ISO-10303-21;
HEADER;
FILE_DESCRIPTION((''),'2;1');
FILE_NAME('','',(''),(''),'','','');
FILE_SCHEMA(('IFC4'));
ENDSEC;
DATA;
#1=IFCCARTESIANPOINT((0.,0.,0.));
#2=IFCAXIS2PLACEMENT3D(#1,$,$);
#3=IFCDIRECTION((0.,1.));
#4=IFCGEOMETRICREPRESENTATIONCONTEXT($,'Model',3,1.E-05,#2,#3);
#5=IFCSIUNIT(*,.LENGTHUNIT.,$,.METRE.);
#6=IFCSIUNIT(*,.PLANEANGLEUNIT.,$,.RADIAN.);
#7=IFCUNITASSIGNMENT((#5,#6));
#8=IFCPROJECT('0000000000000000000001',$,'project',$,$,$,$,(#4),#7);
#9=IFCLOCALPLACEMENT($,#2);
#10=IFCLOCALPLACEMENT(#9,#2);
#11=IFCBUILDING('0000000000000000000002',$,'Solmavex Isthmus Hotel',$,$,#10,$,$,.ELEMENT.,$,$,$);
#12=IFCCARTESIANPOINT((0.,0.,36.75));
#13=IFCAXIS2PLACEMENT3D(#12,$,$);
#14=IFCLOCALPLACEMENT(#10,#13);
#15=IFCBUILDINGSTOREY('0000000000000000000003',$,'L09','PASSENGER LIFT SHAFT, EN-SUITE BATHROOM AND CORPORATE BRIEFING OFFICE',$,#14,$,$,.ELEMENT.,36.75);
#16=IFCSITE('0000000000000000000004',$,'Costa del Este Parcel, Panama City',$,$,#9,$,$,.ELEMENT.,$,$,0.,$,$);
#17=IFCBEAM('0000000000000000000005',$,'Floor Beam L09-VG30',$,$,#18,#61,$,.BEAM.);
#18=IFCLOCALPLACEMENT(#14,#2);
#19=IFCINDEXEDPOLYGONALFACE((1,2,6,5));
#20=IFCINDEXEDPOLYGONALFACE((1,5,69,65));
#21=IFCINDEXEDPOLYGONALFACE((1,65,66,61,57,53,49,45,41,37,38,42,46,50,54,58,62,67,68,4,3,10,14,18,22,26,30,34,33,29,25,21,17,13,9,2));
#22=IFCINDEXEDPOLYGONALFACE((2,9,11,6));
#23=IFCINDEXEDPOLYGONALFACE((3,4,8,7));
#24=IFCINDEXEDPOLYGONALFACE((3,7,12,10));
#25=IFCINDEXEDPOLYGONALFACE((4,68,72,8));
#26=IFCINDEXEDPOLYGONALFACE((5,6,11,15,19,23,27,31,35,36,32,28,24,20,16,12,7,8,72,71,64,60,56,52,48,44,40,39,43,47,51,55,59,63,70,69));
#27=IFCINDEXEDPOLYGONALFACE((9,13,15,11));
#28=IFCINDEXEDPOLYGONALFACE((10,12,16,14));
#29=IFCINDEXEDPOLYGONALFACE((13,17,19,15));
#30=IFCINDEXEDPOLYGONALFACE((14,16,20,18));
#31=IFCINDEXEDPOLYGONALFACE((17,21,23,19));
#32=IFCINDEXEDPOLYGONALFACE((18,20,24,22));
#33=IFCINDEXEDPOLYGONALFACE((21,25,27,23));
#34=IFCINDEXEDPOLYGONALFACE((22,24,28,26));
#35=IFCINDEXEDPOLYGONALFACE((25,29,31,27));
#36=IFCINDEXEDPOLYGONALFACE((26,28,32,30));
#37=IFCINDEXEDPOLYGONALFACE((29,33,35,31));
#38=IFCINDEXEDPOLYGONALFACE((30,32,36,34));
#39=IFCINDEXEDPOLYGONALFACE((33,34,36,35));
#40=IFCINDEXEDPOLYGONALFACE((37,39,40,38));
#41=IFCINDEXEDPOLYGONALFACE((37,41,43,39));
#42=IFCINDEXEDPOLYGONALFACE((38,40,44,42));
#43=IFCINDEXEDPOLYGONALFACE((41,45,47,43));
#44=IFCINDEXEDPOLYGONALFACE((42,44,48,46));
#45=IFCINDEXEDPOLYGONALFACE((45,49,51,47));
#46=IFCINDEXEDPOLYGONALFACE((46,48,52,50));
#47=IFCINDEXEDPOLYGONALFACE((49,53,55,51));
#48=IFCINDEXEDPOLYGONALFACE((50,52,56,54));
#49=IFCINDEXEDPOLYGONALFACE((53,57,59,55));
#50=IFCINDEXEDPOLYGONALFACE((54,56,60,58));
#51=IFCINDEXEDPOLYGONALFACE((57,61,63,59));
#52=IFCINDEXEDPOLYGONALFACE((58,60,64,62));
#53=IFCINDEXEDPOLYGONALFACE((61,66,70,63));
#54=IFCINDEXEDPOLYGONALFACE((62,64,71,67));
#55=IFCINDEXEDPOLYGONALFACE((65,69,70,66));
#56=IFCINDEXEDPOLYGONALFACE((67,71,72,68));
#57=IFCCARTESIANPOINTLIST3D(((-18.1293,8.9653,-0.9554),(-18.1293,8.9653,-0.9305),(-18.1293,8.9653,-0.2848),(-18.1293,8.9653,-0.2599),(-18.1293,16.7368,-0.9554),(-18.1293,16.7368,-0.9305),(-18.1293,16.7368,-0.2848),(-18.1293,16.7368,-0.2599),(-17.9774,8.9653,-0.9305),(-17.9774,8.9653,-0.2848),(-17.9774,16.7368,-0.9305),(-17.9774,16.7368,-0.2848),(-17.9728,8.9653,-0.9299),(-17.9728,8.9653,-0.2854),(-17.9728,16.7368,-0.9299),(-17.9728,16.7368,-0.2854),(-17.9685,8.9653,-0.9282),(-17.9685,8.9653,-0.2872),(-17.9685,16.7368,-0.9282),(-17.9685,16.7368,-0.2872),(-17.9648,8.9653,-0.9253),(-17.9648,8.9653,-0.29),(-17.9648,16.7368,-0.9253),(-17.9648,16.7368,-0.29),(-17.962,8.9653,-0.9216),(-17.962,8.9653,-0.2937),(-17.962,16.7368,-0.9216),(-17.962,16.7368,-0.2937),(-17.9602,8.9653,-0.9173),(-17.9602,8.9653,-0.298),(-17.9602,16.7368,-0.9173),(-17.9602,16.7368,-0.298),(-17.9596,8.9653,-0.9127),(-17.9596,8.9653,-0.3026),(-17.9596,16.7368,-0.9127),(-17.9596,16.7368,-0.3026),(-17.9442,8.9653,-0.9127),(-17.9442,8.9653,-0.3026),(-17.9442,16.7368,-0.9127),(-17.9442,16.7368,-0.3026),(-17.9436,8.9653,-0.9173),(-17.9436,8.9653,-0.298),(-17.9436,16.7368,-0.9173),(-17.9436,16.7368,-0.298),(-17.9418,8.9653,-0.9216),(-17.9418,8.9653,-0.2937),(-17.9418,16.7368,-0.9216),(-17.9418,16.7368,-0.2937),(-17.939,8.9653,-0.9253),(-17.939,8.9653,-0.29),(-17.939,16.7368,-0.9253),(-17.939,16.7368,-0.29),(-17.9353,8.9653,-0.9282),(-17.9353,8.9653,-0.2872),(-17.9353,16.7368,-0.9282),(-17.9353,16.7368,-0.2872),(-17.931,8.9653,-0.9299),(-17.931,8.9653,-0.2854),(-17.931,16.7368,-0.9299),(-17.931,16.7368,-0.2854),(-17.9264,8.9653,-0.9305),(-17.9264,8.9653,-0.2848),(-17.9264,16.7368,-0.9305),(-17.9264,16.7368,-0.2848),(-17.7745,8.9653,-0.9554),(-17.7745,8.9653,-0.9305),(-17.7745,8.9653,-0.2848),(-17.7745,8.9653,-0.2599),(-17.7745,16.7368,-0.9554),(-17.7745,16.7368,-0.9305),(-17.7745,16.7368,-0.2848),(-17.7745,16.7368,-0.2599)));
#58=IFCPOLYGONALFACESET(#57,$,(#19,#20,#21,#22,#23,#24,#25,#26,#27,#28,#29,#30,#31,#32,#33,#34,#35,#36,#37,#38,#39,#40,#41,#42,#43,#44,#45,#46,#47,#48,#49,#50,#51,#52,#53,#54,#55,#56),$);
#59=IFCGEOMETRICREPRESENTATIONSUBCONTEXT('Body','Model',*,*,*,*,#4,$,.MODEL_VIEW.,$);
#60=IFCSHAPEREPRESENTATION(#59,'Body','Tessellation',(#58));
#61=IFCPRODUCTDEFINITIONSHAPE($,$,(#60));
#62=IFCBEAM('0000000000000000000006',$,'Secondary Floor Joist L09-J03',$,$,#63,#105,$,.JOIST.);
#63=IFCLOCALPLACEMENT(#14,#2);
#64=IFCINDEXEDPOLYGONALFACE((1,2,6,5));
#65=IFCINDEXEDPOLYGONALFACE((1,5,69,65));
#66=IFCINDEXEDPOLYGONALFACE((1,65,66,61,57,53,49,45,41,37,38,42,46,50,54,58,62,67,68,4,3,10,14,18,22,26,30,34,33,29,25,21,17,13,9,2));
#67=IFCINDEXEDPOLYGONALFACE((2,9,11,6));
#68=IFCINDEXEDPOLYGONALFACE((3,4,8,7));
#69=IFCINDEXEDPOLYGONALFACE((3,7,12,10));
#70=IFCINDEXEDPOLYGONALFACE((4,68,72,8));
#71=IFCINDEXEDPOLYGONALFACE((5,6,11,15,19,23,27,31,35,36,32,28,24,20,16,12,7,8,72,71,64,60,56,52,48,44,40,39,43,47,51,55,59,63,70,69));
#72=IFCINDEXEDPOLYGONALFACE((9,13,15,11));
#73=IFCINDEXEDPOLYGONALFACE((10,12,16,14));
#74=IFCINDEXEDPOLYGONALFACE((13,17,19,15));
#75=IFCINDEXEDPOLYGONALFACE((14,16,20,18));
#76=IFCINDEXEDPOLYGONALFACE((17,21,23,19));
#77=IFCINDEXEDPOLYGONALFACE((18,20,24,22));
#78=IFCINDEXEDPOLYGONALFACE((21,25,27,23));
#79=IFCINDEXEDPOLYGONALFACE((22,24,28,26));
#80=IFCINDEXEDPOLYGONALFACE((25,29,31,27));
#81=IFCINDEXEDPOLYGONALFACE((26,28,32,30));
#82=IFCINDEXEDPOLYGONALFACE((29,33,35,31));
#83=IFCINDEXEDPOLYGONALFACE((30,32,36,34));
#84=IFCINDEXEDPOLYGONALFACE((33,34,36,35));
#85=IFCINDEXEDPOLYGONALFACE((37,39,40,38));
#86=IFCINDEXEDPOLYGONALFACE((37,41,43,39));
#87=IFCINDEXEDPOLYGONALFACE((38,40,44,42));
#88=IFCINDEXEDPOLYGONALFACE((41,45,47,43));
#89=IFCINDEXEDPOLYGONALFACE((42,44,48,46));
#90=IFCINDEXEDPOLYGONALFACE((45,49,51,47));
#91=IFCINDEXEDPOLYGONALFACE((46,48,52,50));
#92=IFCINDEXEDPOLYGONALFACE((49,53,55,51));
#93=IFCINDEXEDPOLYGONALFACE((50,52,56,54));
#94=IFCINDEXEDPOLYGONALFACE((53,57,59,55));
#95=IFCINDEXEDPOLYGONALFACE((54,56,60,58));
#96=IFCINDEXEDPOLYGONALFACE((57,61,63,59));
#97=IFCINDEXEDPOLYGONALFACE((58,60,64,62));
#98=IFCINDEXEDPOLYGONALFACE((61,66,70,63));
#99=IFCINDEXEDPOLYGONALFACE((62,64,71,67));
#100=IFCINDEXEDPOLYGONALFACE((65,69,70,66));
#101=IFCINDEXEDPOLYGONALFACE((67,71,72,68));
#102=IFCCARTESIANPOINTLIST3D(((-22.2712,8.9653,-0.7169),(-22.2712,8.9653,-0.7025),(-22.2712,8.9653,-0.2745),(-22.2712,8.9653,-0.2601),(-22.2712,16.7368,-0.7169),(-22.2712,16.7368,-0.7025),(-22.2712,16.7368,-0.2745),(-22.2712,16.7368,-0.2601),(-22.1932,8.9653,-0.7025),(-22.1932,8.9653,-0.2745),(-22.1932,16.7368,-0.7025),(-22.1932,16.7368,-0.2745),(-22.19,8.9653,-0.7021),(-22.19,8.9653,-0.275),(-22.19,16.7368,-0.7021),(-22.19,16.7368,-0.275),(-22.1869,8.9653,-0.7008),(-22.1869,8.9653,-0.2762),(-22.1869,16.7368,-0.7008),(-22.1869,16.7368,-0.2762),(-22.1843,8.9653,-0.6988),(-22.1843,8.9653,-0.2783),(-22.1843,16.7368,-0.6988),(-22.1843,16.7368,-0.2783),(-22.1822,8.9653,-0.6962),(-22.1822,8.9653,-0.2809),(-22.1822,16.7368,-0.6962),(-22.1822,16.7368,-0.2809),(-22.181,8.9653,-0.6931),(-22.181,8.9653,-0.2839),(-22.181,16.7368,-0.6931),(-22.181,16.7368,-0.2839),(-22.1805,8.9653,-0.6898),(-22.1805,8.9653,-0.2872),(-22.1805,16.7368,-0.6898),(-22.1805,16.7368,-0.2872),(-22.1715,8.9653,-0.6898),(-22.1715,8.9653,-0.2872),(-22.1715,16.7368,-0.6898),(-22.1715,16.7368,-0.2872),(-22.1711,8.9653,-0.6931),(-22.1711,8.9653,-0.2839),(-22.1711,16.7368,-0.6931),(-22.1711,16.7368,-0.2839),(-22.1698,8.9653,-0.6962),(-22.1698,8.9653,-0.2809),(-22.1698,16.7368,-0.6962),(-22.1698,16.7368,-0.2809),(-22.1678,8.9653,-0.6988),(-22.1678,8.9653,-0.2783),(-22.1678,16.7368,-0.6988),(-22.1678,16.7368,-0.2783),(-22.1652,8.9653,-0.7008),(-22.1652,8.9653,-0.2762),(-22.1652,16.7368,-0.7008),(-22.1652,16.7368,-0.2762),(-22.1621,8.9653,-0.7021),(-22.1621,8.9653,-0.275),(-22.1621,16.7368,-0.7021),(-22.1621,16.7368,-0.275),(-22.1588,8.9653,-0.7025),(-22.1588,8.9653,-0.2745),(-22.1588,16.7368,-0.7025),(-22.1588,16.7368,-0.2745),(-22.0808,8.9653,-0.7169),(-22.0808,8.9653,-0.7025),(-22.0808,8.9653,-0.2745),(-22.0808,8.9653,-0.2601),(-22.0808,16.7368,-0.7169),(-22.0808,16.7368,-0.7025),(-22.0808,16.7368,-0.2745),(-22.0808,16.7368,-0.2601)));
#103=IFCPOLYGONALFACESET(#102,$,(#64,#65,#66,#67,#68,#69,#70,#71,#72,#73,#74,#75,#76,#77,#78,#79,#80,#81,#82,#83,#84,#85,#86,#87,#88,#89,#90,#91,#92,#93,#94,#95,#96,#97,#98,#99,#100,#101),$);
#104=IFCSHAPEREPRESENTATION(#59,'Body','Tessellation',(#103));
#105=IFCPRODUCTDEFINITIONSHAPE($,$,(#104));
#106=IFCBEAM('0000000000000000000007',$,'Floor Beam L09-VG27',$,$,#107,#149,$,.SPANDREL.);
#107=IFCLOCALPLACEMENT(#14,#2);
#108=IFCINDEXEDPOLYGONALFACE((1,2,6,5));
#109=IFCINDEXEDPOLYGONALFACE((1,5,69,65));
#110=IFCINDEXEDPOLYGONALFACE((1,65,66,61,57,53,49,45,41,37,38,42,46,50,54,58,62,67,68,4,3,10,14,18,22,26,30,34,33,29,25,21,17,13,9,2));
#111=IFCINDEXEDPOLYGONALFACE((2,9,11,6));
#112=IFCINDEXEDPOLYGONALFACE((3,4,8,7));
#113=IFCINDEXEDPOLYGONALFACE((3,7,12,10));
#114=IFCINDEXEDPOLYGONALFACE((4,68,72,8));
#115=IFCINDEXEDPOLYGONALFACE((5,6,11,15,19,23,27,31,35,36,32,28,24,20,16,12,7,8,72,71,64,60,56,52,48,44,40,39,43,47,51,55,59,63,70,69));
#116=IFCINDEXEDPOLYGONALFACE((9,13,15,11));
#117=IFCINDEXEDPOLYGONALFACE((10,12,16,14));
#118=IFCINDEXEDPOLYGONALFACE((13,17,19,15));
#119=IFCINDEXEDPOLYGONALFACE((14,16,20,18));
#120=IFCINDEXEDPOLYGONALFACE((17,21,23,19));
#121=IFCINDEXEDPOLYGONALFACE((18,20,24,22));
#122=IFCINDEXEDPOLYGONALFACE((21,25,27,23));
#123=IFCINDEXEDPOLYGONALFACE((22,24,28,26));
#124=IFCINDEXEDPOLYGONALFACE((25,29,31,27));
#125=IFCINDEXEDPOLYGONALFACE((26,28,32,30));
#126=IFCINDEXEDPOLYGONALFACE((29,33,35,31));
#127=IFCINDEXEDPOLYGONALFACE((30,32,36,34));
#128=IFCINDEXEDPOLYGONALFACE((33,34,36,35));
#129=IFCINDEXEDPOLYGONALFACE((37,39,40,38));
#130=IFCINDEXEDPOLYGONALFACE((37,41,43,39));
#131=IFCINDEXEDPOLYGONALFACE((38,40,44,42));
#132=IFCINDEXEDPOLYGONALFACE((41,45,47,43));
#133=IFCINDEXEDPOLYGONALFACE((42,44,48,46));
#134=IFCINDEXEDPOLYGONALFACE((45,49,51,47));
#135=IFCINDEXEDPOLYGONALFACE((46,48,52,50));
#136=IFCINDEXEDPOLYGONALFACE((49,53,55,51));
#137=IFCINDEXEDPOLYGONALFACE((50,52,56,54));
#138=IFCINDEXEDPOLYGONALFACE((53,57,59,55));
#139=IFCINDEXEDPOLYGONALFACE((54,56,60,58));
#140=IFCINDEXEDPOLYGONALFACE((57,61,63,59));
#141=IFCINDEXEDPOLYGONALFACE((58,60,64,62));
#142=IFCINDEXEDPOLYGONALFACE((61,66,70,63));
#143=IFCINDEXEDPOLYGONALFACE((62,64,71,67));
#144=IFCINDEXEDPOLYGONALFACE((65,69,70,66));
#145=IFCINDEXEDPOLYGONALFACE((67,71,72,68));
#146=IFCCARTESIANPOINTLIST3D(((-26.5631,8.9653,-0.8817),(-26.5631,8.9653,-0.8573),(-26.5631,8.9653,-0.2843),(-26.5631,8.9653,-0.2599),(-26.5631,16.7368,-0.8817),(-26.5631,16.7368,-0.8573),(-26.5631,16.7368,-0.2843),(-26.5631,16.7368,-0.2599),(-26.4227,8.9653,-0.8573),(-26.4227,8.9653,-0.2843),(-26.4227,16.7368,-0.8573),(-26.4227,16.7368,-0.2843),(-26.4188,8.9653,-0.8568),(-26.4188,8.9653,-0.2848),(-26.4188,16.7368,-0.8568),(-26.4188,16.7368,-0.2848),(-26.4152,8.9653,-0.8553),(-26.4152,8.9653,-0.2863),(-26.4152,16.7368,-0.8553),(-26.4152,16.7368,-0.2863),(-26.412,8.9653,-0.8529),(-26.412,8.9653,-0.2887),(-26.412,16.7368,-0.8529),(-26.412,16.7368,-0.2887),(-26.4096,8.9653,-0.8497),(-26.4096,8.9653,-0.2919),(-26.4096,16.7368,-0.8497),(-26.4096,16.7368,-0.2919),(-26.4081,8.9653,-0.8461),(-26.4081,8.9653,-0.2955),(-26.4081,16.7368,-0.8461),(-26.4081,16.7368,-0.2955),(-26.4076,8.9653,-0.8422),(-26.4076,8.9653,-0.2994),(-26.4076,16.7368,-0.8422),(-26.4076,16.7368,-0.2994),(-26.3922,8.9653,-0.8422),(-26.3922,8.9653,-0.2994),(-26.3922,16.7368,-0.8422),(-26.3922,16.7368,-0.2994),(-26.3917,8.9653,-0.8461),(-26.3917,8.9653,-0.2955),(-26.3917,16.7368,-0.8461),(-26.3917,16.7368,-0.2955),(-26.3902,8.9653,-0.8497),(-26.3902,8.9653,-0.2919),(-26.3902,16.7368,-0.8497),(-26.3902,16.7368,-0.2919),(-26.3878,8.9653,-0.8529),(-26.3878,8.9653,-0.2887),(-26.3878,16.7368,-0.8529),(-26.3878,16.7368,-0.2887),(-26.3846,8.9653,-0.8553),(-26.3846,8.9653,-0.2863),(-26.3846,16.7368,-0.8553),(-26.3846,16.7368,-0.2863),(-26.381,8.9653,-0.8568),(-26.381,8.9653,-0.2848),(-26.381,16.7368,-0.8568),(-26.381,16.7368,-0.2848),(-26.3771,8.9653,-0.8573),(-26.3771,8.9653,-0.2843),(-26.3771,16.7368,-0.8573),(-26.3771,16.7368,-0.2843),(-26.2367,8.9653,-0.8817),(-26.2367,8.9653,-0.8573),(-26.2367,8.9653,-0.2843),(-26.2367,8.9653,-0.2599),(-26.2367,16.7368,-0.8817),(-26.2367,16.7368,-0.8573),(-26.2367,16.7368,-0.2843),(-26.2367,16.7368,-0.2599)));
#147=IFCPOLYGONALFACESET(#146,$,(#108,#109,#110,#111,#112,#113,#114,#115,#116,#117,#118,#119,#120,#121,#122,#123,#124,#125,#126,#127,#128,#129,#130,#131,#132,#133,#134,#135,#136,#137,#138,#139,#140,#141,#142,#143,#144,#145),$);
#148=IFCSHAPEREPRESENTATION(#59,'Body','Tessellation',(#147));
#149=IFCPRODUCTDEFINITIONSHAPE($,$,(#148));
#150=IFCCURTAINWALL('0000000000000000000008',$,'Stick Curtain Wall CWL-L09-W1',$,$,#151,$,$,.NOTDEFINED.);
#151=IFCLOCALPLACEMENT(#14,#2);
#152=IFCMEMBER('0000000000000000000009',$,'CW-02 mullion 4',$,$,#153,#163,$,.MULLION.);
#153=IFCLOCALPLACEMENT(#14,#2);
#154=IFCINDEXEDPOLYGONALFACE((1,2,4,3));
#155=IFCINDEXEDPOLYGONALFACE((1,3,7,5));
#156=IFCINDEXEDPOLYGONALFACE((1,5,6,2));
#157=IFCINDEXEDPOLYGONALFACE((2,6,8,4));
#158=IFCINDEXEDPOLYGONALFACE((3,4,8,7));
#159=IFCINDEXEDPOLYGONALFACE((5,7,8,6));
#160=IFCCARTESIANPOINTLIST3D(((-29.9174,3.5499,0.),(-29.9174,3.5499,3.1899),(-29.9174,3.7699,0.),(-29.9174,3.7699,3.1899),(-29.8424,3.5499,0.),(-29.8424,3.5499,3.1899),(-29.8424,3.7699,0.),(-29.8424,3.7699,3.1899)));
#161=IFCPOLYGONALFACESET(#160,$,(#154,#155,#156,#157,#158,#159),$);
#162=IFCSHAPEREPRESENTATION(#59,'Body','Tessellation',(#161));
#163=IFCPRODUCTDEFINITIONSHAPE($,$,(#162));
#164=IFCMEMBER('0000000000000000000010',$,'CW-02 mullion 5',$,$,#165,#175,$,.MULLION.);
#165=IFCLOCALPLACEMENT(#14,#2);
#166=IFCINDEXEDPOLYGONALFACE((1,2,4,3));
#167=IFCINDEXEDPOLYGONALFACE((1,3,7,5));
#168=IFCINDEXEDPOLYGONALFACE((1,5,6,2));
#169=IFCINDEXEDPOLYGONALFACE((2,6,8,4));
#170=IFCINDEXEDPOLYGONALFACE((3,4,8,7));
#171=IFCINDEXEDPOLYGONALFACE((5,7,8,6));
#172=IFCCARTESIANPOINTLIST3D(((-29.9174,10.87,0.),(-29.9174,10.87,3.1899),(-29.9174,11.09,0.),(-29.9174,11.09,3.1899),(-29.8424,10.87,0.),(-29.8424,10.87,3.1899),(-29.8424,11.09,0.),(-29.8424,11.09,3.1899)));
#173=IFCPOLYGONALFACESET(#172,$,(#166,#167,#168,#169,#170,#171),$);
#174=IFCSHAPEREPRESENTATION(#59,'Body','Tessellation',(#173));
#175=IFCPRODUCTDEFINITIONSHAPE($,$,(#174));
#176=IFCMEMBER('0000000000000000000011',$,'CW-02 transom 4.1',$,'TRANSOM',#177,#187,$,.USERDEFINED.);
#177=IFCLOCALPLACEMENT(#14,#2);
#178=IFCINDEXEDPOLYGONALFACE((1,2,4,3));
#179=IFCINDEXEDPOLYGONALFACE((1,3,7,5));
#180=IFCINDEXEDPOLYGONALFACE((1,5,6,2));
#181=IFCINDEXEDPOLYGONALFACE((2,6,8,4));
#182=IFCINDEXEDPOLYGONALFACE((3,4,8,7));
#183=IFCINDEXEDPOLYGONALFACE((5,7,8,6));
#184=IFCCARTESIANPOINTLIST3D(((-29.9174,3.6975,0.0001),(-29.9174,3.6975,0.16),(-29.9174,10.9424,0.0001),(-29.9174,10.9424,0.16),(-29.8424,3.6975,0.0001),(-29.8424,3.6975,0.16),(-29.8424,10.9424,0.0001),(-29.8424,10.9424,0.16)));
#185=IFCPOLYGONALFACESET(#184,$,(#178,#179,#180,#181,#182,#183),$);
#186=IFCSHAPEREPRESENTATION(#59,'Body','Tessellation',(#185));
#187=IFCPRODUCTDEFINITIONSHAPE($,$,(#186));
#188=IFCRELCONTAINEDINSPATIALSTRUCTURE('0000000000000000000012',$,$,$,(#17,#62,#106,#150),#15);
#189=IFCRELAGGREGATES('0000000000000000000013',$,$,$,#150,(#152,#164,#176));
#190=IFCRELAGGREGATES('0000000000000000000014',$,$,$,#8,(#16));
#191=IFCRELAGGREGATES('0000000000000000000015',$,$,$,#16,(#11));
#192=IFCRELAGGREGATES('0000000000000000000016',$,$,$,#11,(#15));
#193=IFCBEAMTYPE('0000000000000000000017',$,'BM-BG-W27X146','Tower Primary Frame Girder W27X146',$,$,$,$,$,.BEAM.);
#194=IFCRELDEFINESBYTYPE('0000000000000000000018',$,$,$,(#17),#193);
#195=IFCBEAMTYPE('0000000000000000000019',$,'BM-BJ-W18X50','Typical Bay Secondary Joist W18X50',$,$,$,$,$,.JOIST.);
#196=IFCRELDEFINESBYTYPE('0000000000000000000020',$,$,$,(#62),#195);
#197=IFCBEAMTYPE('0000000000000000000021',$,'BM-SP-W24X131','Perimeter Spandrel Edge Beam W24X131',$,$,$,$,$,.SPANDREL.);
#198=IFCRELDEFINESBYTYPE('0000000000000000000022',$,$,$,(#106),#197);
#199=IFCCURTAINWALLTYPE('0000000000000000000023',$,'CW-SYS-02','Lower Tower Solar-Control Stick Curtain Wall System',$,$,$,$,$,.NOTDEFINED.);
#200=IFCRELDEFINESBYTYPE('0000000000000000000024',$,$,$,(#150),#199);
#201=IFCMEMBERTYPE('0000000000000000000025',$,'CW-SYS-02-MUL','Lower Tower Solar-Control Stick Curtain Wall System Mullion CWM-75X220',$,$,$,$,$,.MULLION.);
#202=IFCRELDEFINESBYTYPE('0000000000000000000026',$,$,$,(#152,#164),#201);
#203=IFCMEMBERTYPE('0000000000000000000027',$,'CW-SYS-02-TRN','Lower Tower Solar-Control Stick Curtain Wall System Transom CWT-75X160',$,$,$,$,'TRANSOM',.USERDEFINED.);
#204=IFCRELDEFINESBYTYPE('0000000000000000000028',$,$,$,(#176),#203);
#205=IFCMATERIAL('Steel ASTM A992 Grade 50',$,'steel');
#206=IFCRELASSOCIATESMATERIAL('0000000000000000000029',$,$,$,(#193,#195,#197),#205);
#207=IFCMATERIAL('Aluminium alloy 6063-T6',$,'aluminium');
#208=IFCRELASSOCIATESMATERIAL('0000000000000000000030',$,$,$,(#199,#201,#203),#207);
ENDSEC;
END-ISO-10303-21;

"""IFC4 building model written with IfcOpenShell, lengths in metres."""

from ifc_helpers import new_model, si_unit, direction, frame, origin, origin_2d, place, context, subcontext, project, spatial, rectangle, i_section, extrude, material, material_profile, profile_set, type_object, element, aggregate, save


model = new_model("IFC4")

# Units and contexts
model_context = context("Model", 3, precision=1e-05, world=origin(), true_north=direction((0.0, 1.0)))
body_context = subcontext(model_context, "Body", "Model", "MODEL_VIEW")
ifc_project = project(units=[si_unit("LENGTHUNIT", "METRE"), si_unit("PLANEANGLEUNIT", "RADIAN")], contexts=[model_context])

# Site, building, storey
site_placement = place(None, origin())
site = spatial("IfcSite", under=ifc_project, at=site_placement, Name="Costa del Este Parcel, Panama City", CompositionType="ELEMENT", RefElevation=0.0)
building_placement = place(site_placement, origin())
building = spatial("IfcBuilding", under=site, at=building_placement, Name="Solmavex Isthmus Hotel", CompositionType="ELEMENT")
storey_placement = place(building_placement, frame((0.0, 0.0, 36.75)))
storey = spatial("IfcBuildingStorey", under=building, at=storey_placement, Name="L09", Description="PASSENGER LIFT SHAFT, EN-SUITE BATHROOM AND CORPORATE BRIEFING OFFICE", CompositionType="ELEMENT", Elevation=36.75)

# Beams
ifc_material_1 = material(Name="Steel ASTM A992 Grade 50", Category="steel")
ifc_material_profile_1 = material_profile(ifc_material_1, i_section(OverallWidth=0.3547, OverallDepth=0.6956, WebThickness=0.0154, FlangeThickness=0.0249, FilletRadius=0.0178, at=origin_2d()), Name="W27X146")
ifc_profile_set_1 = profile_set([ifc_material_profile_1], Name="Steel ASTM A992 Grade 50")
beam_type_1 = type_object("IfcBeamType", Name="BM-BG-W27X146", Description="Tower Primary Frame Girder W27X146", PredefinedType="BEAM", material=ifc_profile_set_1)
beam_1_placement = place(storey_placement, frame((-17.9519, 8.9653, -0.6077), z_axis=(0.0, 1.0, 0.0), x_axis=(-1.0, 0.0, 0.0)))
element("IfcBeam", 1, at=beam_1_placement, inside=storey, type_object=beam_type_1, Name="Floor Beam L09-VG30", PredefinedType="BEAM", context=body_context, shape_type="SweptSolid", body=[
    extrude(i_section(OverallWidth=0.3547, OverallDepth=0.6956, WebThickness=0.0154, FlangeThickness=0.0249, FilletRadius=0.0178, at=origin_2d()), origin(), (0.0, 0.0, 1.0), 7.7715),
])
ifc_material_profile_2 = material_profile(ifc_material_1, i_section(OverallWidth=0.1904, OverallDepth=0.4568, WebThickness=0.009, FlangeThickness=0.0144, FilletRadius=0.0127, at=origin_2d()), Name="W18X50")
ifc_profile_set_2 = profile_set([ifc_material_profile_2], Name="Steel ASTM A992 Grade 50")
beam_type_2 = type_object("IfcBeamType", Name="BM-BJ-W18X50", Description="Typical Bay Secondary Joist W18X50", PredefinedType="JOIST", material=ifc_profile_set_2)
beam_2_placement = place(storey_placement, frame((-22.176, 8.9653, -0.4885), z_axis=(0.0, 1.0, 0.0), x_axis=(-1.0, 0.0, 0.0)))
element("IfcBeam", 2, at=beam_2_placement, inside=storey, type_object=beam_type_2, Name="Secondary Floor Joist L09-J03", PredefinedType="JOIST", context=body_context, shape_type="SweptSolid", body=[
    extrude(i_section(OverallWidth=0.1904, OverallDepth=0.4568, WebThickness=0.009, FlangeThickness=0.0144, FilletRadius=0.0127, at=origin_2d()), origin(), (0.0, 0.0, 1.0), 7.7715),
])
ifc_material_profile_3 = material_profile(ifc_material_1, i_section(OverallWidth=0.3264, OverallDepth=0.6218, WebThickness=0.0154, FlangeThickness=0.0244, FilletRadius=0.0151, at=origin_2d()), Name="W24X131")
ifc_profile_set_3 = profile_set([ifc_material_profile_3], Name="Steel ASTM A992 Grade 50")
beam_type_3 = type_object("IfcBeamType", Name="BM-SP-W24X131", Description="Perimeter Spandrel Edge Beam W24X131", PredefinedType="SPANDREL", material=ifc_profile_set_3)
beam_3_placement = place(storey_placement, frame((-26.3999, 8.9653, -0.5708), z_axis=(0.0, 1.0, 0.0), x_axis=(-1.0, 0.0, 0.0)))
element("IfcBeam", 3, at=beam_3_placement, inside=storey, type_object=beam_type_3, Name="Floor Beam L09-VG27", PredefinedType="SPANDREL", context=body_context, shape_type="SweptSolid", body=[
    extrude(i_section(OverallWidth=0.3264, OverallDepth=0.6218, WebThickness=0.0154, FlangeThickness=0.0244, FilletRadius=0.0151, at=origin_2d()), origin(), (0.0, 0.0, 1.0), 7.7715),
])

# Curtain wall, members
ifc_material_2 = material(Name="Aluminium alloy 6063-T6", Category="aluminium")
curtain_wall_type = type_object("IfcCurtainWallType", Name="CW-SYS-02", Description="Lower Tower Solar-Control Stick Curtain Wall System", PredefinedType="NOTDEFINED", material=ifc_material_2)
curtain_wall_placement = place(storey_placement, origin())
curtain_wall = element("IfcCurtainWall", 4, at=curtain_wall_placement, inside=storey, type_object=curtain_wall_type, Name="Stick Curtain Wall CWL-L09-W1", PredefinedType="NOTDEFINED")
ifc_material_profile_4 = material_profile(ifc_material_2, rectangle(XDim=0.075, YDim=0.22, at=origin_2d()), Name="CWM-75X220")
ifc_profile_set_4 = profile_set([ifc_material_profile_4], Name="Aluminium alloy 6063-T6")
member_type_1 = type_object("IfcMemberType", Name="CW-SYS-02-MUL", Description="Lower Tower Solar-Control Stick Curtain Wall System Mullion CWM-75X220", PredefinedType="MULLION", material=ifc_profile_set_4)
member_1_placement = place(storey_placement, frame((-29.8799, 3.6599, 0.0), z_axis=(0.0, 0.0, 1.0), x_axis=(-1.0, 0.0, 0.0)))
member_1 = element("IfcMember", 5, at=member_1_placement, type_object=member_type_1, Name="CW-02 mullion 4", PredefinedType="MULLION", context=body_context, shape_type="SweptSolid", body=[
    extrude(rectangle(XDim=0.075, YDim=0.22, at=origin_2d()), origin(), (0.0, 0.0, 1.0), 3.1899),
])
member_2_placement = place(storey_placement, frame((-29.8799, 10.98, 0.0), z_axis=(0.0, 0.0, 1.0), x_axis=(-1.0, 0.0, 0.0)))
member_2 = element("IfcMember", 6, at=member_2_placement, type_object=member_type_1, Name="CW-02 mullion 5", PredefinedType="MULLION", context=body_context, shape_type="SweptSolid", body=[
    extrude(rectangle(XDim=0.075, YDim=0.22, at=origin_2d()), origin(), (0.0, 0.0, 1.0), 3.1899),
])
ifc_material_profile_5 = material_profile(ifc_material_2, rectangle(XDim=0.075, YDim=0.1599, at=origin_2d()), Name="CWT-75X160")
ifc_profile_set_5 = profile_set([ifc_material_profile_5], Name="Aluminium alloy 6063-T6")
member_type_2 = type_object("IfcMemberType", Name="CW-SYS-02-TRN", Description="Lower Tower Solar-Control Stick Curtain Wall System Transom CWT-75X160", ElementType="TRANSOM", PredefinedType="USERDEFINED", material=ifc_profile_set_5)
member_3_placement = place(storey_placement, frame((-29.8799, 3.6975, 0.0801), z_axis=(0.0, 1.0, 0.0), x_axis=(-1.0, 0.0, 0.0)))
member_3 = element("IfcMember", 7, at=member_3_placement, type_object=member_type_2, Name="CW-02 transom 4.1", ObjectType="TRANSOM", PredefinedType="USERDEFINED", context=body_context, shape_type="SweptSolid", body=[
    extrude(rectangle(XDim=0.075, YDim=0.1599, at=origin_2d()), origin(), (0.0, 0.0, 1.0), 7.2449),
])
aggregate(curtain_wall, [member_1, member_2, member_3])

save(model, "model.ifc")
